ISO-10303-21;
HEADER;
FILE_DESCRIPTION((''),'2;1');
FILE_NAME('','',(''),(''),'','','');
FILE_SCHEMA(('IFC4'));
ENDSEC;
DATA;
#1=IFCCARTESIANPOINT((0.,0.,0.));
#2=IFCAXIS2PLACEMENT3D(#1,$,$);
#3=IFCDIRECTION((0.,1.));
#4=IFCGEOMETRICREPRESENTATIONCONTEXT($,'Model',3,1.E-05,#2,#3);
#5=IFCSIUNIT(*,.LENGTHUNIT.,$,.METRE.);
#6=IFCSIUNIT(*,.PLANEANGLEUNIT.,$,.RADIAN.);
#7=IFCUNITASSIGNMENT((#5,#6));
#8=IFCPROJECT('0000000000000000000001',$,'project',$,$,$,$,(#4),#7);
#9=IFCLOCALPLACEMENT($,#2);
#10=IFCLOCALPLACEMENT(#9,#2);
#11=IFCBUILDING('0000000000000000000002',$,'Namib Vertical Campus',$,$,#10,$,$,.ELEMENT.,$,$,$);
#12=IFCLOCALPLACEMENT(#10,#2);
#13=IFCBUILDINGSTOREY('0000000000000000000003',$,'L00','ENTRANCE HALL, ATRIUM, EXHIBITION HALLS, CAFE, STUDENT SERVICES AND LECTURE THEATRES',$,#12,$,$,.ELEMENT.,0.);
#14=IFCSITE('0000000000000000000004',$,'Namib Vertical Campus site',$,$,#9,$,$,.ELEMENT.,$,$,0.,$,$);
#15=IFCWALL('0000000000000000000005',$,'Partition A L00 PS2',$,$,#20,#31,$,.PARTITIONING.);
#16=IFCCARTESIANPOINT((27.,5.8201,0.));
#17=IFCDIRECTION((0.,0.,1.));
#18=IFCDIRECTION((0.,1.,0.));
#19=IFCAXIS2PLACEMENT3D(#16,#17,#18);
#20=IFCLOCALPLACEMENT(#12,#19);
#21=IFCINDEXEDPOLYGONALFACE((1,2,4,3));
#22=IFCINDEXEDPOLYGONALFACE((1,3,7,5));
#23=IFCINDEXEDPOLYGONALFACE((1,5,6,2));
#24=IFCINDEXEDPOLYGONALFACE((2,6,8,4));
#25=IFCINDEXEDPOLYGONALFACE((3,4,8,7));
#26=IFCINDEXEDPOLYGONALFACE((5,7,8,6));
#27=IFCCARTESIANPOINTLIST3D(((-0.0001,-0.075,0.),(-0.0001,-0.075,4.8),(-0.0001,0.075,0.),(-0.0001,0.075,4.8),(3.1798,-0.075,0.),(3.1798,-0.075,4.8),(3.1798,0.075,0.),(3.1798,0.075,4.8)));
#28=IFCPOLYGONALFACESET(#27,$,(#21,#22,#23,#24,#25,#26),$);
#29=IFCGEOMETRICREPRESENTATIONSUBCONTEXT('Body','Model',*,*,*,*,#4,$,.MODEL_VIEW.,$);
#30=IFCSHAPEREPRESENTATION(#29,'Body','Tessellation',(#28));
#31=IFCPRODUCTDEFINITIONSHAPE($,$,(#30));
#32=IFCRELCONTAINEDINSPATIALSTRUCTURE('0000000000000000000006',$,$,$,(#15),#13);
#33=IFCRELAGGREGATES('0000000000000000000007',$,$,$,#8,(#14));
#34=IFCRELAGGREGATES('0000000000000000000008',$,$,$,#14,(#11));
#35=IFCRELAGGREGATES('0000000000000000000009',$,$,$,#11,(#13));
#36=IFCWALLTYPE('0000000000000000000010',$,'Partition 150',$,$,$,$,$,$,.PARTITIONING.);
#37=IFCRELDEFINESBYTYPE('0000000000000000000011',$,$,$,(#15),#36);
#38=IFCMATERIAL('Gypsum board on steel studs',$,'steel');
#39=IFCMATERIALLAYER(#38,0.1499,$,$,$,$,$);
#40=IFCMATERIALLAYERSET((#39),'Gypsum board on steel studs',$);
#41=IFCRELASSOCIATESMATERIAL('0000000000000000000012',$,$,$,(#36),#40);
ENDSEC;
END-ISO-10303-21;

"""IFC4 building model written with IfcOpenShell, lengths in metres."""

from ifc_helpers import new_model, si_unit, direction, frame, frame_2d, origin, place, context, subcontext, project, spatial, rectangle, extrude, material, layer, layer_set, type_object, element, save


model = new_model("IFC4")

# Units and contexts
model_context = context("Model", 3, precision=1e-05, world=origin(), true_north=direction((0.0, 1.0)))
body_context = subcontext(model_context, "Body", "Model", "MODEL_VIEW")
ifc_project = project(units=[si_unit("LENGTHUNIT", "METRE"), si_unit("PLANEANGLEUNIT", "RADIAN")], contexts=[model_context])

# Site, building, storey
site_placement = place(None, origin())
site = spatial("IfcSite", under=ifc_project, at=site_placement, Name="Namib Vertical Campus site", CompositionType="ELEMENT", RefElevation=0.0)
building_placement = place(site_placement, origin())
building = spatial("IfcBuilding", under=site, at=building_placement, Name="Namib Vertical Campus", CompositionType="ELEMENT")
storey_placement = place(building_placement, origin())
storey = spatial("IfcBuildingStorey", under=building, at=storey_placement, Name="L00", Description="ENTRANCE HALL, ATRIUM, EXHIBITION HALLS, CAFE, STUDENT SERVICES AND LECTURE THEATRES", CompositionType="ELEMENT", Elevation=0.0)

# Wall
ifc_material_1 = material(Name="Gypsum board on steel studs", Category="steel")
ifc_layer_1 = layer(ifc_material_1, 0.1499)
ifc_layer_set_1 = layer_set([ifc_layer_1], Name="Gypsum board on steel studs")
wall_type_1 = type_object("IfcWallType", Name="Partition 150", PredefinedType="PARTITIONING", material=ifc_layer_set_1)
wall_1_placement = place(storey_placement, frame((27.0, 5.8201, 0.0), z_axis=(0.0, 0.0, 1.0), x_axis=(0.0, 1.0, 0.0)))
element("IfcWall", 1, at=wall_1_placement, inside=storey, type_object=wall_type_1, Name="Partition A L00 PS2", PredefinedType="PARTITIONING", context=body_context, shape_type="SweptSolid", body=[
    extrude(rectangle(XDim=3.1799, YDim=0.1499, at=frame_2d((1.5898, 0.0))), origin(), (0.0, 0.0, 1.0), 4.8),
])

save(model, "model.ifc")
